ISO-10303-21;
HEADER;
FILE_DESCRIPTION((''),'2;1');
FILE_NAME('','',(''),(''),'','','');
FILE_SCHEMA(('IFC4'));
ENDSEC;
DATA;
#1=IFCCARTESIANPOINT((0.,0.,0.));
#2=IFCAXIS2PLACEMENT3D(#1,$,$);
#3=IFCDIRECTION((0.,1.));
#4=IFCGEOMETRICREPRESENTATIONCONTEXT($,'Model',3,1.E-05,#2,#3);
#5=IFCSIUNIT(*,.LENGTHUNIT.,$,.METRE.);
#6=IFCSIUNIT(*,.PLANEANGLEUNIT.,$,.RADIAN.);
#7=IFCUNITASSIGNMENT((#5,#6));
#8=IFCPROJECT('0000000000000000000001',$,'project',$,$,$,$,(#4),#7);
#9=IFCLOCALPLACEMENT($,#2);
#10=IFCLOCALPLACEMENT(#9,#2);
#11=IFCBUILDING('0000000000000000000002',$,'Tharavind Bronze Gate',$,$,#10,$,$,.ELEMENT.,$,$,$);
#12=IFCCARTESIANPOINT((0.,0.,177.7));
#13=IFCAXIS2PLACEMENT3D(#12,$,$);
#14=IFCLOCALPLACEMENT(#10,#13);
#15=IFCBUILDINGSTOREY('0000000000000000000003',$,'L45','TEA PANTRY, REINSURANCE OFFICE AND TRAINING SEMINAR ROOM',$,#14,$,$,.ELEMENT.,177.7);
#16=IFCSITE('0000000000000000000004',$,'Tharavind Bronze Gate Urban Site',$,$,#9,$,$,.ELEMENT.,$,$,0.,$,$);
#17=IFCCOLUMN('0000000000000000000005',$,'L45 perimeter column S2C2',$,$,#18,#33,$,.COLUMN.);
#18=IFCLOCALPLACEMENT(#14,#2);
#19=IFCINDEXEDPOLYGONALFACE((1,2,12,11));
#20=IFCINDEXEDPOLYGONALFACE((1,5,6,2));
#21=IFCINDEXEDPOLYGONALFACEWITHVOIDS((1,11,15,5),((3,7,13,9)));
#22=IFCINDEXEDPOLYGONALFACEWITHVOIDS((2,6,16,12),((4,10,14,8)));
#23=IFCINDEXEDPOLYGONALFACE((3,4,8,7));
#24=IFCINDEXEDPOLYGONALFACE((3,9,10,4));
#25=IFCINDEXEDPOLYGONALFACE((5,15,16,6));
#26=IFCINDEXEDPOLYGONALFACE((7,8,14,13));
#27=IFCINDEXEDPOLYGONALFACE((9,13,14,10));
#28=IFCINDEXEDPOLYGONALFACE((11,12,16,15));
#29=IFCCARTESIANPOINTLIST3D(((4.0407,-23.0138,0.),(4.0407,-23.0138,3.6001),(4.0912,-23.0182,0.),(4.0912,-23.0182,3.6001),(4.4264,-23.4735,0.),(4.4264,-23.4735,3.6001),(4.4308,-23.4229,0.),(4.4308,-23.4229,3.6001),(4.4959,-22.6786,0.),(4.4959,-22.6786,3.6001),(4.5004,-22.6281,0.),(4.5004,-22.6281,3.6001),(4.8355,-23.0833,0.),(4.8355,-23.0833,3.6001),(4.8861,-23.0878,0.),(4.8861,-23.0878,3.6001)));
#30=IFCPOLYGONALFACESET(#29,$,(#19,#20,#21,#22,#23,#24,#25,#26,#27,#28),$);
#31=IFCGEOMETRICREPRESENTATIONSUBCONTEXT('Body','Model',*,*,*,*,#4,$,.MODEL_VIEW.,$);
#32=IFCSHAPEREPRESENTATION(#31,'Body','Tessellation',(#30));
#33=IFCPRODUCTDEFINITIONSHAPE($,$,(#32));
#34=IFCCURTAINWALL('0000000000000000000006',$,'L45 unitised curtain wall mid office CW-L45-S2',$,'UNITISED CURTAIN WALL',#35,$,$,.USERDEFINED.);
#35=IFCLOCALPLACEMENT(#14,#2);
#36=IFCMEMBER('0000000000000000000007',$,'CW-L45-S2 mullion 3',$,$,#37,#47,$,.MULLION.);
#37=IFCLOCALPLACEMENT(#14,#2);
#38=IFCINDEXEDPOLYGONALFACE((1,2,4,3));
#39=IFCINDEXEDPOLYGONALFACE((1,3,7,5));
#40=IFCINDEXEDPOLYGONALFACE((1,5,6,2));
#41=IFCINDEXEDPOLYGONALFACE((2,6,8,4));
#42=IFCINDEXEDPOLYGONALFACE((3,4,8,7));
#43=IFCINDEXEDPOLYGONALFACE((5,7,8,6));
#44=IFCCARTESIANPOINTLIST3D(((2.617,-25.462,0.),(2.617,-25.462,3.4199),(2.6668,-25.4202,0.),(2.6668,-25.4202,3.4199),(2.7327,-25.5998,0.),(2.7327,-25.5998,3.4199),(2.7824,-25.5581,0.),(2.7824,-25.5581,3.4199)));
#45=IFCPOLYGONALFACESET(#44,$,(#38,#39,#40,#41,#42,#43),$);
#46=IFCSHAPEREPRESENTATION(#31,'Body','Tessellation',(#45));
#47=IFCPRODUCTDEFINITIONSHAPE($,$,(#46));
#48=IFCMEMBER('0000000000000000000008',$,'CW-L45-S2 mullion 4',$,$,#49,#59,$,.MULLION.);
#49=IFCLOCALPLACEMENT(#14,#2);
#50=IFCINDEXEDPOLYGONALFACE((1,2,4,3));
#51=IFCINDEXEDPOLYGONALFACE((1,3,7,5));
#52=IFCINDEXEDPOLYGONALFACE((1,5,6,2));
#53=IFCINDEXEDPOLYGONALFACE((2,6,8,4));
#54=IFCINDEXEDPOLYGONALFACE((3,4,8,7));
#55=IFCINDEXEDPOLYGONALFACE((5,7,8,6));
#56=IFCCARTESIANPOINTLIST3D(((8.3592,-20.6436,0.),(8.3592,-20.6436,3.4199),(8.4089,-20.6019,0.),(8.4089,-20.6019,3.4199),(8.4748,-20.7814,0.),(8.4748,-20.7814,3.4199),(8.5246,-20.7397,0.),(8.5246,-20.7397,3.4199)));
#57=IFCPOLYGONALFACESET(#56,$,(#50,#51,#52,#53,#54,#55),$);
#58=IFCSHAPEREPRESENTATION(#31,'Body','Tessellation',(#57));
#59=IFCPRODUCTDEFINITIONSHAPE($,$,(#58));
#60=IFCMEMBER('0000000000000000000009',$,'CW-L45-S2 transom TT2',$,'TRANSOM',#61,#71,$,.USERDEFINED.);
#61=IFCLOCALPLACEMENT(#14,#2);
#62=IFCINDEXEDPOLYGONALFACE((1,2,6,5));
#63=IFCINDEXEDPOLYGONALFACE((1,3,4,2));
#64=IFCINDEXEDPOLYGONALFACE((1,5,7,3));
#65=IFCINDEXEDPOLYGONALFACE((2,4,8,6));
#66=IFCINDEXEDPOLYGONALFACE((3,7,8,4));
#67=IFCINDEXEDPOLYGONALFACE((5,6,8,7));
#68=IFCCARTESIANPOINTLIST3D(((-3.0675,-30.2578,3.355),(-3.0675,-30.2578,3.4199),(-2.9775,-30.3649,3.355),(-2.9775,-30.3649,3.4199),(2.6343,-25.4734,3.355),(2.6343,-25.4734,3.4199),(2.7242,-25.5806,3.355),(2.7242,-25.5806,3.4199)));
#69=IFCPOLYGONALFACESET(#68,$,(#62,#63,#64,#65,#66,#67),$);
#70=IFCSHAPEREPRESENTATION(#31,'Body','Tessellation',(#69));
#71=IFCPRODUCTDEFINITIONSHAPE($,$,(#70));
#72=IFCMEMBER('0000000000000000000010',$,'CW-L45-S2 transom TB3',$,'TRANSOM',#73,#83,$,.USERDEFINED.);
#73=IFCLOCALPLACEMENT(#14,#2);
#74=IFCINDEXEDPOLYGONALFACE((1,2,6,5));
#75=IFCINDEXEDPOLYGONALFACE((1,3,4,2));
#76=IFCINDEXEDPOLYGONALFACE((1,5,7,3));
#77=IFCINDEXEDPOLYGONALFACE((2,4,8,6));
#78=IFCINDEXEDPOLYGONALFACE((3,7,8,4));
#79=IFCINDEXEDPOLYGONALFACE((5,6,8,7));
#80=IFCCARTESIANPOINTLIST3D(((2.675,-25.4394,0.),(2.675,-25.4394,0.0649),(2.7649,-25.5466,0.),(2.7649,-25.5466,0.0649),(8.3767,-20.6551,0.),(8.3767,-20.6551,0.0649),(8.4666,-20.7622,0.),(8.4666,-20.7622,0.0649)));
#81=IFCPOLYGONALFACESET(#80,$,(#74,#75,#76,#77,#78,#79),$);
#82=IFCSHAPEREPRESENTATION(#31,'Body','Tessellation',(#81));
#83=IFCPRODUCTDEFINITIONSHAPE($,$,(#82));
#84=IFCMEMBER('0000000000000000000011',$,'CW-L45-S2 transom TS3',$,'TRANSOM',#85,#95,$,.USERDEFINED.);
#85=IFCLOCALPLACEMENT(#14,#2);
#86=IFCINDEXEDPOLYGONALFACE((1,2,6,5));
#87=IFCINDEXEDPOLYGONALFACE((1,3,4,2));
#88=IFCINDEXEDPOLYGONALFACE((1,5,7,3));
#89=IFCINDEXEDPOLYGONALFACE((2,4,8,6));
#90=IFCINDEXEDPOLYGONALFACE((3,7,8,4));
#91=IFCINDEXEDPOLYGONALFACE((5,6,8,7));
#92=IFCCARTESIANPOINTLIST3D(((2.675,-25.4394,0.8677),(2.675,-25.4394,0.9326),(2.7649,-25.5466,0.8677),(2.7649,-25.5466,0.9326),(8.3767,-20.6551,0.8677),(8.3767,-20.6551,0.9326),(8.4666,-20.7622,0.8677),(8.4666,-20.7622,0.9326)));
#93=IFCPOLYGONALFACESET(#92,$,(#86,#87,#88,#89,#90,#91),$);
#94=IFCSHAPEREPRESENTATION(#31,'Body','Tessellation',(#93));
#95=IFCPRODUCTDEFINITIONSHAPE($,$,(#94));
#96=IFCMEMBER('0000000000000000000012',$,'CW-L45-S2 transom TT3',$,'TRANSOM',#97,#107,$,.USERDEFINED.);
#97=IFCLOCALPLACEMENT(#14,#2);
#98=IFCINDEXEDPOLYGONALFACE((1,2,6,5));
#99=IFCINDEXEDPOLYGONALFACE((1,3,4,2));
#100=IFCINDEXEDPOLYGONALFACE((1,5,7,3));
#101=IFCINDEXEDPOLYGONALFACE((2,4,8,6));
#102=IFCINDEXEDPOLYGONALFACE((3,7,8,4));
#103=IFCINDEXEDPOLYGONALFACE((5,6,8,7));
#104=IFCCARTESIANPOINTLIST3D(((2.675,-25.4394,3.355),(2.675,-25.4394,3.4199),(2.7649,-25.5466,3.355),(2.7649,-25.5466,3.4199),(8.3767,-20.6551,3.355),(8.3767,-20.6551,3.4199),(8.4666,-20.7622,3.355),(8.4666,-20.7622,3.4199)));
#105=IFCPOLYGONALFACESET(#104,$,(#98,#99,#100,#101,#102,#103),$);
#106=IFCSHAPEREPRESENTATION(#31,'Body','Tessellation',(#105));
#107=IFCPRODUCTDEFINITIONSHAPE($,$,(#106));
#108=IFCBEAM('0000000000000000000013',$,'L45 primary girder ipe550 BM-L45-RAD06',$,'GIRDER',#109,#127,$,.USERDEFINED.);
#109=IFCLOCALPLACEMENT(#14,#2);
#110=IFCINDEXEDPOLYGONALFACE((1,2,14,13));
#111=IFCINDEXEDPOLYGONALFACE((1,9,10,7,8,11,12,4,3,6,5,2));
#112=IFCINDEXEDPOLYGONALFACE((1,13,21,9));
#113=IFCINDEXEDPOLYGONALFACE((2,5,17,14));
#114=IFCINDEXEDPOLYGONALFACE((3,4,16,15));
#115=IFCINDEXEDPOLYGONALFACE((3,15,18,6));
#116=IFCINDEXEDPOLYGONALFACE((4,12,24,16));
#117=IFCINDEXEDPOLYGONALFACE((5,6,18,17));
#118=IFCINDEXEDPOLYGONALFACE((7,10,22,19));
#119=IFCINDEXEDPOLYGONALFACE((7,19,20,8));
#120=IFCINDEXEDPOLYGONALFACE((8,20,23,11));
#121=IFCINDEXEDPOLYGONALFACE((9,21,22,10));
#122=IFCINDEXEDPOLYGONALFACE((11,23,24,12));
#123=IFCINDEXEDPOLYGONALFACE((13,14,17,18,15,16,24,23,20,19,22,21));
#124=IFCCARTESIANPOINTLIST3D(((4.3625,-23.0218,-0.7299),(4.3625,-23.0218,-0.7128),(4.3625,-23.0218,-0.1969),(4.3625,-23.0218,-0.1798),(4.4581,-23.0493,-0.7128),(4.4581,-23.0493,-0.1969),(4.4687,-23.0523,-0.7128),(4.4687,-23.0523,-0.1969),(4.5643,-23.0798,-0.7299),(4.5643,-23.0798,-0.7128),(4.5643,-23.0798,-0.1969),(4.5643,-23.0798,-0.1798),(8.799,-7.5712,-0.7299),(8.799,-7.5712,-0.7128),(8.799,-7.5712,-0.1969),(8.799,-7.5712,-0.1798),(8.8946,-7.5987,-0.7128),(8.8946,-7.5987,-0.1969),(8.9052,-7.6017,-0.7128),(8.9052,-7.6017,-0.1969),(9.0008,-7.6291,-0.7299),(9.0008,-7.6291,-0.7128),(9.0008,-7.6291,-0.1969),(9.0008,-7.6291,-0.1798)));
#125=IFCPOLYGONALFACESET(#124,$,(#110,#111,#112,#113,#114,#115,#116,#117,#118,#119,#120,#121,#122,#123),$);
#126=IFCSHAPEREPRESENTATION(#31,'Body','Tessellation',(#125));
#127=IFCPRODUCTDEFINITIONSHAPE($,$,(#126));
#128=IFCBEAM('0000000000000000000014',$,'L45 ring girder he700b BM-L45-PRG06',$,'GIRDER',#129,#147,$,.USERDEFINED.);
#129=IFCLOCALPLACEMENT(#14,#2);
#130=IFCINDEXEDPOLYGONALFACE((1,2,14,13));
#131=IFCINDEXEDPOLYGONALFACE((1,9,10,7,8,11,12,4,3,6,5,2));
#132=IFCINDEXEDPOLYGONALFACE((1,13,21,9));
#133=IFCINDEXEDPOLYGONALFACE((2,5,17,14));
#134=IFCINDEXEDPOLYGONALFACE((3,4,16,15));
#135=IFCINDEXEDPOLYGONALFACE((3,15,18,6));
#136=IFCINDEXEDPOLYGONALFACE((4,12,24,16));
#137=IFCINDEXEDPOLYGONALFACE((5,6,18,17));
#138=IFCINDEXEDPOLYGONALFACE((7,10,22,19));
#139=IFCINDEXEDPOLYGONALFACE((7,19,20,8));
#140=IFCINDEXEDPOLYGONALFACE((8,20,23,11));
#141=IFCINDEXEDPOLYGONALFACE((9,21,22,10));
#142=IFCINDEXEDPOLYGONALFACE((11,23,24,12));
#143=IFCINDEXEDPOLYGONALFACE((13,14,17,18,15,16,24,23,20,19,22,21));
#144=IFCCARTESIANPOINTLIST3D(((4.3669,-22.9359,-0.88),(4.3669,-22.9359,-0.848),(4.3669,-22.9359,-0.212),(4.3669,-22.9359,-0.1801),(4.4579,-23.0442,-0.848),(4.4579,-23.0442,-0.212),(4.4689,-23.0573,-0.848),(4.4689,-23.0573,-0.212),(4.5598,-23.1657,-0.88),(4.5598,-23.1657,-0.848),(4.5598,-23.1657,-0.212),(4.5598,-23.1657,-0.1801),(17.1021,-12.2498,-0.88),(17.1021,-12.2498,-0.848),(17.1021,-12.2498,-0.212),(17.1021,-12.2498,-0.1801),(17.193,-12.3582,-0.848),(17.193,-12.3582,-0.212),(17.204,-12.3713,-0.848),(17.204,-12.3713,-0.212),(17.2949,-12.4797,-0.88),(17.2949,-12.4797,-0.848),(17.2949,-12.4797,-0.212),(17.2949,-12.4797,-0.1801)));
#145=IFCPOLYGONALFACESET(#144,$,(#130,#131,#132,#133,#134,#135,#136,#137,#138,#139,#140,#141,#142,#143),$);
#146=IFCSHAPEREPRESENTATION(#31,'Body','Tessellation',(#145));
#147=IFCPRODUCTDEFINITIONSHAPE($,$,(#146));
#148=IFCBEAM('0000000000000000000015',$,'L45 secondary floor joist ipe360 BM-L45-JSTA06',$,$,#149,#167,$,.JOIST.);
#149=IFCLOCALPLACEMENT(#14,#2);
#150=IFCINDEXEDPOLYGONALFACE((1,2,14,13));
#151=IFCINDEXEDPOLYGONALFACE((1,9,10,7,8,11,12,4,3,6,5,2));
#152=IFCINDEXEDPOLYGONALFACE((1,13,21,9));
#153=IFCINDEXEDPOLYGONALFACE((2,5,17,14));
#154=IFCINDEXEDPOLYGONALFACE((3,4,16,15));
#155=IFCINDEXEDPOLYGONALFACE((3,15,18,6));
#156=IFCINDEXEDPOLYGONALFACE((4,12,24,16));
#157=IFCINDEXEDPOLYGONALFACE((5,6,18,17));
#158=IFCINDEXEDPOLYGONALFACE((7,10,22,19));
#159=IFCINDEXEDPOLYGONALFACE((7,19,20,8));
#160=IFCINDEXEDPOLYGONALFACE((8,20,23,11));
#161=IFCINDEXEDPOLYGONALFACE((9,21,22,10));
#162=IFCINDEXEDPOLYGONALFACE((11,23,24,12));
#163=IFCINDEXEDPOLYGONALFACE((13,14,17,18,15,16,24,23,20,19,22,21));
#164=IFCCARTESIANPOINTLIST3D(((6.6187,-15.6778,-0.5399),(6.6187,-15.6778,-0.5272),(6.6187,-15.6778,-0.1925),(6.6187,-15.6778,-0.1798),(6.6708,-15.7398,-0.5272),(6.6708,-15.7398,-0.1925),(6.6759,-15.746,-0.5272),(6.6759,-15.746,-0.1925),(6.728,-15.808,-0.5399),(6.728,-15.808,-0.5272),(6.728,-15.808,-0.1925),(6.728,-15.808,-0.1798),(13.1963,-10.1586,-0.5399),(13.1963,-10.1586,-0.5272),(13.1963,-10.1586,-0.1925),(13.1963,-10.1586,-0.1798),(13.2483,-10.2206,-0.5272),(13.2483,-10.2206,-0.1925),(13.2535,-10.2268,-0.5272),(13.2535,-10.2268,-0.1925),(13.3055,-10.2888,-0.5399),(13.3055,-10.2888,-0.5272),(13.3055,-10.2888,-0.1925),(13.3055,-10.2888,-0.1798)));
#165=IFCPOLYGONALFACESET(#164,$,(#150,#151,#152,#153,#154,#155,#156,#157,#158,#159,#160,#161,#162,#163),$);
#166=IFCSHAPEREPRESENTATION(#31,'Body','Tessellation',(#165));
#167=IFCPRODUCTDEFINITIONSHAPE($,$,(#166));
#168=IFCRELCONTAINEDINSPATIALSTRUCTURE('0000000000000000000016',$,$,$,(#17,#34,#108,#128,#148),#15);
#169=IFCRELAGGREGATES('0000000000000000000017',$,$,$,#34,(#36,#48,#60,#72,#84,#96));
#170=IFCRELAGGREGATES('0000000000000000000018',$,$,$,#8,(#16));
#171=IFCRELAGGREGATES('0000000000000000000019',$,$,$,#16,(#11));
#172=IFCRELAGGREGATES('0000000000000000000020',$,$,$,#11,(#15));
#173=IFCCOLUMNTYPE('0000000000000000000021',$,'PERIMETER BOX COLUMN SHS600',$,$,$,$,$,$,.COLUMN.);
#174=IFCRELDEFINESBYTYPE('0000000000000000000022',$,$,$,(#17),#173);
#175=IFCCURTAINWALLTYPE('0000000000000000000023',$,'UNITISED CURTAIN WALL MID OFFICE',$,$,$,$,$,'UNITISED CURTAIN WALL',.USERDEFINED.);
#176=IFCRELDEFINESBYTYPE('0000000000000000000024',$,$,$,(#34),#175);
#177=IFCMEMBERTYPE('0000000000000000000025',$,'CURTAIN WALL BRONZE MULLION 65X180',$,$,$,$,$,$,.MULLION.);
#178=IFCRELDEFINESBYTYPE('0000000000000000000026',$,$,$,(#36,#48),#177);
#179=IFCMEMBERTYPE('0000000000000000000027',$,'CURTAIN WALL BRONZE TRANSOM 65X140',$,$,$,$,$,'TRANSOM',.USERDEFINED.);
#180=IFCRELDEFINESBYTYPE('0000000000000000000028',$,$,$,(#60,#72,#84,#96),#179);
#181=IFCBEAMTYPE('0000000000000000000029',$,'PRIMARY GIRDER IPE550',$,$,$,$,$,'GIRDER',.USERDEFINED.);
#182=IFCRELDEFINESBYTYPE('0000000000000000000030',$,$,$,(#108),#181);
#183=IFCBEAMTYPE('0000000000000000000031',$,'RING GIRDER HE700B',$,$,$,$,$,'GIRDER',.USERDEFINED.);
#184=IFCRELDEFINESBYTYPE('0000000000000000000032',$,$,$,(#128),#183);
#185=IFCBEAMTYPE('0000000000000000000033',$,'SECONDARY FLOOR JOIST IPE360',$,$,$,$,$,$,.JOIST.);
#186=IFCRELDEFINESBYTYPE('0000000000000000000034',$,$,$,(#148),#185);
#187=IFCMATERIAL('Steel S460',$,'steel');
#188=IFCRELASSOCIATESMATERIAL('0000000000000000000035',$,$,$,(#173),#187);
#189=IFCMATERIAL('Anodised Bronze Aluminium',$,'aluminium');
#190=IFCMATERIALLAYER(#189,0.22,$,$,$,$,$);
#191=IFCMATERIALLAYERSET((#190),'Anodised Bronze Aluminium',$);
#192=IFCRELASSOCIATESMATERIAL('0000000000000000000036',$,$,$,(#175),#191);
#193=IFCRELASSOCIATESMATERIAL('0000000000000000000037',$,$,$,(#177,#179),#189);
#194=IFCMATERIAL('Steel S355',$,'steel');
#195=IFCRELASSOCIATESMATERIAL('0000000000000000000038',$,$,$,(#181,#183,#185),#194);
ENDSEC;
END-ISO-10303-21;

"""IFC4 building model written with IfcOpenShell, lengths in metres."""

from ifc_helpers import new_model, si_unit, direction, frame, origin, origin_2d, place, context, subcontext, project, spatial, rectangle, hollow_rectangle, i_section, extrude, material, layer, layer_set, material_profile, profile_set, type_object, element, aggregate, save


model = new_model("IFC4")

# Units and contexts
model_context = context("Model", 3, precision=1e-05, world=origin(), true_north=direction((0.0, 1.0)))
body_context = subcontext(model_context, "Body", "Model", "MODEL_VIEW")
ifc_project = project(units=[si_unit("LENGTHUNIT", "METRE"), si_unit("PLANEANGLEUNIT", "RADIAN")], contexts=[model_context])

# Site, building, storey
site_placement = place(None, origin())
site = spatial("IfcSite", under=ifc_project, at=site_placement, Name="Tharavind Bronze Gate Urban Site", CompositionType="ELEMENT", RefElevation=0.0)
building_placement = place(site_placement, origin())
building = spatial("IfcBuilding", under=site, at=building_placement, Name="Tharavind Bronze Gate", CompositionType="ELEMENT")
storey_placement = place(building_placement, frame((0.0, 0.0, 177.7)))
storey = spatial("IfcBuildingStorey", under=building, at=storey_placement, Name="L45", Description="TEA PANTRY, REINSURANCE OFFICE AND TRAINING SEMINAR ROOM", CompositionType="ELEMENT", Elevation=177.7)

# Column
ifc_material_1 = material(Name="Steel S460", Category="steel")
ifc_material_profile_1 = material_profile(ifc_material_1, hollow_rectangle(XDim=0.6001, YDim=0.6001, WallThickness=0.0359, at=origin_2d()), Name="SHS600X36")
ifc_profile_set_1 = profile_set([ifc_material_profile_1], Name="Steel S460")
column_type = type_object("IfcColumnType", Name="PERIMETER BOX COLUMN SHS600", PredefinedType="COLUMN", material=ifc_profile_set_1)
column_placement = place(storey_placement, frame((4.4634, -23.0508, 0.0), z_axis=(0.0, 0.0, 1.0), x_axis=(0.766043, 0.642789, 0.0)))
element("IfcColumn", 1, at=column_placement, inside=storey, type_object=column_type, Name="L45 perimeter column S2C2", PredefinedType="COLUMN", context=body_context, shape_type="SweptSolid", body=[
    extrude(hollow_rectangle(XDim=0.6001, YDim=0.6001, WallThickness=0.0359, at=origin_2d()), origin(), (0.0, 0.0, 1.0), 3.6001),
])

# Curtain wall, members
ifc_material_2 = material(Name="Anodised Bronze Aluminium", Category="aluminium")
ifc_layer_1 = layer(ifc_material_2, 0.22)
ifc_layer_set_1 = layer_set([ifc_layer_1], Name="Anodised Bronze Aluminium")
curtain_wall_type = type_object("IfcCurtainWallType", Name="UNITISED CURTAIN WALL MID OFFICE", ElementType="UNITISED CURTAIN WALL", PredefinedType="USERDEFINED", material=ifc_layer_set_1)
curtain_wall_placement = place(storey_placement, origin())
curtain_wall = element("IfcCurtainWall", 2, at=curtain_wall_placement, inside=storey, type_object=curtain_wall_type, Name="L45 unitised curtain wall mid office CW-L45-S2", ObjectType="UNITISED CURTAIN WALL", PredefinedType="USERDEFINED")
member_type_1 = type_object("IfcMemberType", Name="CURTAIN WALL BRONZE MULLION 65X180", PredefinedType="MULLION", material=ifc_material_2)
member_1_placement = place(storey_placement, frame((2.6997, -25.51, 0.0), z_axis=(0.0, 0.0, 1.0), x_axis=(0.766043, 0.642789, 0.0)))
member_1 = element("IfcMember", 3, at=member_1_placement, type_object=member_type_1, Name="CW-L45-S2 mullion 3", PredefinedType="MULLION", context=body_context, shape_type="SweptSolid", body=[
    extrude(rectangle(XDim=0.0649, YDim=0.1799, at=origin_2d()), origin(), (0.0, 0.0, 1.0), 3.4199),
])
member_2_placement = place(storey_placement, frame((8.4419, -20.6917, 0.0), z_axis=(0.0, 0.0, 1.0), x_axis=(0.766043, 0.642789, 0.0)))
member_2 = element("IfcMember", 4, at=member_2_placement, type_object=member_type_1, Name="CW-L45-S2 mullion 4", PredefinedType="MULLION", context=body_context, shape_type="SweptSolid", body=[
    extrude(rectangle(XDim=0.0649, YDim=0.1799, at=origin_2d()), origin(), (0.0, 0.0, 1.0), 3.4199),
])
member_type_2 = type_object("IfcMemberType", Name="CURTAIN WALL BRONZE TRANSOM 65X140", ElementType="TRANSOM", PredefinedType="USERDEFINED", material=ifc_material_2)
member_3_placement = place(storey_placement, frame((-0.1716, -27.9192, 3.355), z_axis=(0.0, 0.0, 1.0), x_axis=(0.766043, 0.642789, 0.0)))
member_3 = element("IfcMember", 5, at=member_3_placement, type_object=member_type_2, Name="CW-L45-S2 transom TT2", ObjectType="TRANSOM", PredefinedType="USERDEFINED", context=body_context, shape_type="SweptSolid", body=[
    extrude(rectangle(XDim=7.4431, YDim=0.1399, at=origin_2d()), origin(), (0.0, 0.0, 1.0), 0.0649),
])
member_4_placement = place(storey_placement, frame((5.5708, -23.1008, 0.0), z_axis=(0.0, 0.0, 1.0), x_axis=(0.766043, 0.642789, 0.0)))
member_4 = element("IfcMember", 6, at=member_4_placement, type_object=member_type_2, Name="CW-L45-S2 transom TB3", ObjectType="TRANSOM", PredefinedType="USERDEFINED", context=body_context, shape_type="SweptSolid", body=[
    extrude(rectangle(XDim=7.4431, YDim=0.1399, at=origin_2d()), origin(), (0.0, 0.0, 1.0), 0.0649),
])
member_5_placement = place(storey_placement, frame((5.5708, -23.1008, 0.8677), z_axis=(0.0, 0.0, 1.0), x_axis=(0.766043, 0.642789, 0.0)))
member_5 = element("IfcMember", 7, at=member_5_placement, type_object=member_type_2, Name="CW-L45-S2 transom TS3", ObjectType="TRANSOM", PredefinedType="USERDEFINED", context=body_context, shape_type="SweptSolid", body=[
    extrude(rectangle(XDim=7.4431, YDim=0.1399, at=origin_2d()), origin(), (0.0, 0.0, 1.0), 0.0649),
])
member_6_placement = place(storey_placement, frame((5.5708, -23.1008, 3.355), z_axis=(0.0, 0.0, 1.0), x_axis=(0.766043, 0.642789, 0.0)))
member_6 = element("IfcMember", 8, at=member_6_placement, type_object=member_type_2, Name="CW-L45-S2 transom TT3", ObjectType="TRANSOM", PredefinedType="USERDEFINED", context=body_context, shape_type="SweptSolid", body=[
    extrude(rectangle(XDim=7.4431, YDim=0.1399, at=origin_2d()), origin(), (0.0, 0.0, 1.0), 0.0649),
])

# Beams
ifc_material_3 = material(Name="Steel S355", Category="steel")
ifc_material_profile_2 = material_profile(ifc_material_3, i_section(OverallWidth=0.21, OverallDepth=0.55, WebThickness=0.011, FlangeThickness=0.0171, at=origin_2d()), Name="IPE550")
ifc_profile_set_2 = profile_set([ifc_material_profile_2], Name="Steel S355")
beam_type_1 = type_object("IfcBeamType", Name="PRIMARY GIRDER IPE550", ElementType="GIRDER", PredefinedType="USERDEFINED", material=ifc_profile_set_2)
beam_1_placement = place(storey_placement, frame((4.4634, -23.0508, -0.4548), z_axis=(0.275989, 0.961161, 0.0), x_axis=(-0.961161, 0.275989, 0.0)))
element("IfcBeam", 9, at=beam_1_placement, inside=storey, type_object=beam_type_1, Name="L45 primary girder ipe550 BM-L45-RAD06", ObjectType="GIRDER", PredefinedType="USERDEFINED", context=body_context, shape_type="SweptSolid", body=[
    extrude(i_section(OverallWidth=0.21, OverallDepth=0.55, WebThickness=0.011, FlangeThickness=0.0171, at=origin_2d()), origin(), (0.0, 0.0, 1.0), 16.075),
])
ifc_material_profile_3 = material_profile(ifc_material_3, i_section(OverallWidth=0.3, OverallDepth=0.7, WebThickness=0.0171, FlangeThickness=0.032, at=origin_2d()), Name="HE700B")
ifc_profile_set_3 = profile_set([ifc_material_profile_3], Name="Steel S355")
beam_type_2 = type_object("IfcBeamType", Name="RING GIRDER HE700B", ElementType="GIRDER", PredefinedType="USERDEFINED", material=ifc_profile_set_3)
beam_2_placement = place(storey_placement, frame((4.4634, -23.0508, -0.53), z_axis=(0.766044, 0.642788, 0.0), x_axis=(-0.642788, 0.766044, 0.0)))
element("IfcBeam", 10, at=beam_2_placement, inside=storey, type_object=beam_type_2, Name="L45 ring girder he700b BM-L45-PRG06", ObjectType="GIRDER", PredefinedType="USERDEFINED", context=body_context, shape_type="SweptSolid", body=[
    extrude(i_section(OverallWidth=0.3, OverallDepth=0.7, WebThickness=0.0171, FlangeThickness=0.032, at=origin_2d()), origin(), (0.0, 0.0, 1.0), 16.6245),
])
ifc_material_profile_4 = material_profile(ifc_material_3, i_section(OverallWidth=0.1699, OverallDepth=0.3601, WebThickness=0.0081, FlangeThickness=0.0127, at=origin_2d()), Name="IPE360")
ifc_profile_set_4 = profile_set([ifc_material_profile_4], Name="Steel S355")
beam_type_3 = type_object("IfcBeamType", Name="SECONDARY FLOOR JOIST IPE360", PredefinedType="JOIST", material=ifc_profile_set_4)
beam_3_placement = place(storey_placement, frame((6.6733, -15.7429, -0.3599), z_axis=(0.766045, 0.642787, 0.0), x_axis=(-0.642787, 0.766045, 0.0)))
element("IfcBeam", 11, at=beam_3_placement, inside=storey, type_object=beam_type_3, Name="L45 secondary floor joist ipe360 BM-L45-JSTA06", PredefinedType="JOIST", context=body_context, shape_type="SweptSolid", body=[
    extrude(i_section(OverallWidth=0.1699, OverallDepth=0.3601, WebThickness=0.0081, FlangeThickness=0.0127, at=origin_2d()), origin(), (0.0, 0.0, 1.0), 8.5864),
])

aggregate(curtain_wall, [member_1, member_2, member_3, member_4, member_5, member_6])

save(model, "model.ifc")
